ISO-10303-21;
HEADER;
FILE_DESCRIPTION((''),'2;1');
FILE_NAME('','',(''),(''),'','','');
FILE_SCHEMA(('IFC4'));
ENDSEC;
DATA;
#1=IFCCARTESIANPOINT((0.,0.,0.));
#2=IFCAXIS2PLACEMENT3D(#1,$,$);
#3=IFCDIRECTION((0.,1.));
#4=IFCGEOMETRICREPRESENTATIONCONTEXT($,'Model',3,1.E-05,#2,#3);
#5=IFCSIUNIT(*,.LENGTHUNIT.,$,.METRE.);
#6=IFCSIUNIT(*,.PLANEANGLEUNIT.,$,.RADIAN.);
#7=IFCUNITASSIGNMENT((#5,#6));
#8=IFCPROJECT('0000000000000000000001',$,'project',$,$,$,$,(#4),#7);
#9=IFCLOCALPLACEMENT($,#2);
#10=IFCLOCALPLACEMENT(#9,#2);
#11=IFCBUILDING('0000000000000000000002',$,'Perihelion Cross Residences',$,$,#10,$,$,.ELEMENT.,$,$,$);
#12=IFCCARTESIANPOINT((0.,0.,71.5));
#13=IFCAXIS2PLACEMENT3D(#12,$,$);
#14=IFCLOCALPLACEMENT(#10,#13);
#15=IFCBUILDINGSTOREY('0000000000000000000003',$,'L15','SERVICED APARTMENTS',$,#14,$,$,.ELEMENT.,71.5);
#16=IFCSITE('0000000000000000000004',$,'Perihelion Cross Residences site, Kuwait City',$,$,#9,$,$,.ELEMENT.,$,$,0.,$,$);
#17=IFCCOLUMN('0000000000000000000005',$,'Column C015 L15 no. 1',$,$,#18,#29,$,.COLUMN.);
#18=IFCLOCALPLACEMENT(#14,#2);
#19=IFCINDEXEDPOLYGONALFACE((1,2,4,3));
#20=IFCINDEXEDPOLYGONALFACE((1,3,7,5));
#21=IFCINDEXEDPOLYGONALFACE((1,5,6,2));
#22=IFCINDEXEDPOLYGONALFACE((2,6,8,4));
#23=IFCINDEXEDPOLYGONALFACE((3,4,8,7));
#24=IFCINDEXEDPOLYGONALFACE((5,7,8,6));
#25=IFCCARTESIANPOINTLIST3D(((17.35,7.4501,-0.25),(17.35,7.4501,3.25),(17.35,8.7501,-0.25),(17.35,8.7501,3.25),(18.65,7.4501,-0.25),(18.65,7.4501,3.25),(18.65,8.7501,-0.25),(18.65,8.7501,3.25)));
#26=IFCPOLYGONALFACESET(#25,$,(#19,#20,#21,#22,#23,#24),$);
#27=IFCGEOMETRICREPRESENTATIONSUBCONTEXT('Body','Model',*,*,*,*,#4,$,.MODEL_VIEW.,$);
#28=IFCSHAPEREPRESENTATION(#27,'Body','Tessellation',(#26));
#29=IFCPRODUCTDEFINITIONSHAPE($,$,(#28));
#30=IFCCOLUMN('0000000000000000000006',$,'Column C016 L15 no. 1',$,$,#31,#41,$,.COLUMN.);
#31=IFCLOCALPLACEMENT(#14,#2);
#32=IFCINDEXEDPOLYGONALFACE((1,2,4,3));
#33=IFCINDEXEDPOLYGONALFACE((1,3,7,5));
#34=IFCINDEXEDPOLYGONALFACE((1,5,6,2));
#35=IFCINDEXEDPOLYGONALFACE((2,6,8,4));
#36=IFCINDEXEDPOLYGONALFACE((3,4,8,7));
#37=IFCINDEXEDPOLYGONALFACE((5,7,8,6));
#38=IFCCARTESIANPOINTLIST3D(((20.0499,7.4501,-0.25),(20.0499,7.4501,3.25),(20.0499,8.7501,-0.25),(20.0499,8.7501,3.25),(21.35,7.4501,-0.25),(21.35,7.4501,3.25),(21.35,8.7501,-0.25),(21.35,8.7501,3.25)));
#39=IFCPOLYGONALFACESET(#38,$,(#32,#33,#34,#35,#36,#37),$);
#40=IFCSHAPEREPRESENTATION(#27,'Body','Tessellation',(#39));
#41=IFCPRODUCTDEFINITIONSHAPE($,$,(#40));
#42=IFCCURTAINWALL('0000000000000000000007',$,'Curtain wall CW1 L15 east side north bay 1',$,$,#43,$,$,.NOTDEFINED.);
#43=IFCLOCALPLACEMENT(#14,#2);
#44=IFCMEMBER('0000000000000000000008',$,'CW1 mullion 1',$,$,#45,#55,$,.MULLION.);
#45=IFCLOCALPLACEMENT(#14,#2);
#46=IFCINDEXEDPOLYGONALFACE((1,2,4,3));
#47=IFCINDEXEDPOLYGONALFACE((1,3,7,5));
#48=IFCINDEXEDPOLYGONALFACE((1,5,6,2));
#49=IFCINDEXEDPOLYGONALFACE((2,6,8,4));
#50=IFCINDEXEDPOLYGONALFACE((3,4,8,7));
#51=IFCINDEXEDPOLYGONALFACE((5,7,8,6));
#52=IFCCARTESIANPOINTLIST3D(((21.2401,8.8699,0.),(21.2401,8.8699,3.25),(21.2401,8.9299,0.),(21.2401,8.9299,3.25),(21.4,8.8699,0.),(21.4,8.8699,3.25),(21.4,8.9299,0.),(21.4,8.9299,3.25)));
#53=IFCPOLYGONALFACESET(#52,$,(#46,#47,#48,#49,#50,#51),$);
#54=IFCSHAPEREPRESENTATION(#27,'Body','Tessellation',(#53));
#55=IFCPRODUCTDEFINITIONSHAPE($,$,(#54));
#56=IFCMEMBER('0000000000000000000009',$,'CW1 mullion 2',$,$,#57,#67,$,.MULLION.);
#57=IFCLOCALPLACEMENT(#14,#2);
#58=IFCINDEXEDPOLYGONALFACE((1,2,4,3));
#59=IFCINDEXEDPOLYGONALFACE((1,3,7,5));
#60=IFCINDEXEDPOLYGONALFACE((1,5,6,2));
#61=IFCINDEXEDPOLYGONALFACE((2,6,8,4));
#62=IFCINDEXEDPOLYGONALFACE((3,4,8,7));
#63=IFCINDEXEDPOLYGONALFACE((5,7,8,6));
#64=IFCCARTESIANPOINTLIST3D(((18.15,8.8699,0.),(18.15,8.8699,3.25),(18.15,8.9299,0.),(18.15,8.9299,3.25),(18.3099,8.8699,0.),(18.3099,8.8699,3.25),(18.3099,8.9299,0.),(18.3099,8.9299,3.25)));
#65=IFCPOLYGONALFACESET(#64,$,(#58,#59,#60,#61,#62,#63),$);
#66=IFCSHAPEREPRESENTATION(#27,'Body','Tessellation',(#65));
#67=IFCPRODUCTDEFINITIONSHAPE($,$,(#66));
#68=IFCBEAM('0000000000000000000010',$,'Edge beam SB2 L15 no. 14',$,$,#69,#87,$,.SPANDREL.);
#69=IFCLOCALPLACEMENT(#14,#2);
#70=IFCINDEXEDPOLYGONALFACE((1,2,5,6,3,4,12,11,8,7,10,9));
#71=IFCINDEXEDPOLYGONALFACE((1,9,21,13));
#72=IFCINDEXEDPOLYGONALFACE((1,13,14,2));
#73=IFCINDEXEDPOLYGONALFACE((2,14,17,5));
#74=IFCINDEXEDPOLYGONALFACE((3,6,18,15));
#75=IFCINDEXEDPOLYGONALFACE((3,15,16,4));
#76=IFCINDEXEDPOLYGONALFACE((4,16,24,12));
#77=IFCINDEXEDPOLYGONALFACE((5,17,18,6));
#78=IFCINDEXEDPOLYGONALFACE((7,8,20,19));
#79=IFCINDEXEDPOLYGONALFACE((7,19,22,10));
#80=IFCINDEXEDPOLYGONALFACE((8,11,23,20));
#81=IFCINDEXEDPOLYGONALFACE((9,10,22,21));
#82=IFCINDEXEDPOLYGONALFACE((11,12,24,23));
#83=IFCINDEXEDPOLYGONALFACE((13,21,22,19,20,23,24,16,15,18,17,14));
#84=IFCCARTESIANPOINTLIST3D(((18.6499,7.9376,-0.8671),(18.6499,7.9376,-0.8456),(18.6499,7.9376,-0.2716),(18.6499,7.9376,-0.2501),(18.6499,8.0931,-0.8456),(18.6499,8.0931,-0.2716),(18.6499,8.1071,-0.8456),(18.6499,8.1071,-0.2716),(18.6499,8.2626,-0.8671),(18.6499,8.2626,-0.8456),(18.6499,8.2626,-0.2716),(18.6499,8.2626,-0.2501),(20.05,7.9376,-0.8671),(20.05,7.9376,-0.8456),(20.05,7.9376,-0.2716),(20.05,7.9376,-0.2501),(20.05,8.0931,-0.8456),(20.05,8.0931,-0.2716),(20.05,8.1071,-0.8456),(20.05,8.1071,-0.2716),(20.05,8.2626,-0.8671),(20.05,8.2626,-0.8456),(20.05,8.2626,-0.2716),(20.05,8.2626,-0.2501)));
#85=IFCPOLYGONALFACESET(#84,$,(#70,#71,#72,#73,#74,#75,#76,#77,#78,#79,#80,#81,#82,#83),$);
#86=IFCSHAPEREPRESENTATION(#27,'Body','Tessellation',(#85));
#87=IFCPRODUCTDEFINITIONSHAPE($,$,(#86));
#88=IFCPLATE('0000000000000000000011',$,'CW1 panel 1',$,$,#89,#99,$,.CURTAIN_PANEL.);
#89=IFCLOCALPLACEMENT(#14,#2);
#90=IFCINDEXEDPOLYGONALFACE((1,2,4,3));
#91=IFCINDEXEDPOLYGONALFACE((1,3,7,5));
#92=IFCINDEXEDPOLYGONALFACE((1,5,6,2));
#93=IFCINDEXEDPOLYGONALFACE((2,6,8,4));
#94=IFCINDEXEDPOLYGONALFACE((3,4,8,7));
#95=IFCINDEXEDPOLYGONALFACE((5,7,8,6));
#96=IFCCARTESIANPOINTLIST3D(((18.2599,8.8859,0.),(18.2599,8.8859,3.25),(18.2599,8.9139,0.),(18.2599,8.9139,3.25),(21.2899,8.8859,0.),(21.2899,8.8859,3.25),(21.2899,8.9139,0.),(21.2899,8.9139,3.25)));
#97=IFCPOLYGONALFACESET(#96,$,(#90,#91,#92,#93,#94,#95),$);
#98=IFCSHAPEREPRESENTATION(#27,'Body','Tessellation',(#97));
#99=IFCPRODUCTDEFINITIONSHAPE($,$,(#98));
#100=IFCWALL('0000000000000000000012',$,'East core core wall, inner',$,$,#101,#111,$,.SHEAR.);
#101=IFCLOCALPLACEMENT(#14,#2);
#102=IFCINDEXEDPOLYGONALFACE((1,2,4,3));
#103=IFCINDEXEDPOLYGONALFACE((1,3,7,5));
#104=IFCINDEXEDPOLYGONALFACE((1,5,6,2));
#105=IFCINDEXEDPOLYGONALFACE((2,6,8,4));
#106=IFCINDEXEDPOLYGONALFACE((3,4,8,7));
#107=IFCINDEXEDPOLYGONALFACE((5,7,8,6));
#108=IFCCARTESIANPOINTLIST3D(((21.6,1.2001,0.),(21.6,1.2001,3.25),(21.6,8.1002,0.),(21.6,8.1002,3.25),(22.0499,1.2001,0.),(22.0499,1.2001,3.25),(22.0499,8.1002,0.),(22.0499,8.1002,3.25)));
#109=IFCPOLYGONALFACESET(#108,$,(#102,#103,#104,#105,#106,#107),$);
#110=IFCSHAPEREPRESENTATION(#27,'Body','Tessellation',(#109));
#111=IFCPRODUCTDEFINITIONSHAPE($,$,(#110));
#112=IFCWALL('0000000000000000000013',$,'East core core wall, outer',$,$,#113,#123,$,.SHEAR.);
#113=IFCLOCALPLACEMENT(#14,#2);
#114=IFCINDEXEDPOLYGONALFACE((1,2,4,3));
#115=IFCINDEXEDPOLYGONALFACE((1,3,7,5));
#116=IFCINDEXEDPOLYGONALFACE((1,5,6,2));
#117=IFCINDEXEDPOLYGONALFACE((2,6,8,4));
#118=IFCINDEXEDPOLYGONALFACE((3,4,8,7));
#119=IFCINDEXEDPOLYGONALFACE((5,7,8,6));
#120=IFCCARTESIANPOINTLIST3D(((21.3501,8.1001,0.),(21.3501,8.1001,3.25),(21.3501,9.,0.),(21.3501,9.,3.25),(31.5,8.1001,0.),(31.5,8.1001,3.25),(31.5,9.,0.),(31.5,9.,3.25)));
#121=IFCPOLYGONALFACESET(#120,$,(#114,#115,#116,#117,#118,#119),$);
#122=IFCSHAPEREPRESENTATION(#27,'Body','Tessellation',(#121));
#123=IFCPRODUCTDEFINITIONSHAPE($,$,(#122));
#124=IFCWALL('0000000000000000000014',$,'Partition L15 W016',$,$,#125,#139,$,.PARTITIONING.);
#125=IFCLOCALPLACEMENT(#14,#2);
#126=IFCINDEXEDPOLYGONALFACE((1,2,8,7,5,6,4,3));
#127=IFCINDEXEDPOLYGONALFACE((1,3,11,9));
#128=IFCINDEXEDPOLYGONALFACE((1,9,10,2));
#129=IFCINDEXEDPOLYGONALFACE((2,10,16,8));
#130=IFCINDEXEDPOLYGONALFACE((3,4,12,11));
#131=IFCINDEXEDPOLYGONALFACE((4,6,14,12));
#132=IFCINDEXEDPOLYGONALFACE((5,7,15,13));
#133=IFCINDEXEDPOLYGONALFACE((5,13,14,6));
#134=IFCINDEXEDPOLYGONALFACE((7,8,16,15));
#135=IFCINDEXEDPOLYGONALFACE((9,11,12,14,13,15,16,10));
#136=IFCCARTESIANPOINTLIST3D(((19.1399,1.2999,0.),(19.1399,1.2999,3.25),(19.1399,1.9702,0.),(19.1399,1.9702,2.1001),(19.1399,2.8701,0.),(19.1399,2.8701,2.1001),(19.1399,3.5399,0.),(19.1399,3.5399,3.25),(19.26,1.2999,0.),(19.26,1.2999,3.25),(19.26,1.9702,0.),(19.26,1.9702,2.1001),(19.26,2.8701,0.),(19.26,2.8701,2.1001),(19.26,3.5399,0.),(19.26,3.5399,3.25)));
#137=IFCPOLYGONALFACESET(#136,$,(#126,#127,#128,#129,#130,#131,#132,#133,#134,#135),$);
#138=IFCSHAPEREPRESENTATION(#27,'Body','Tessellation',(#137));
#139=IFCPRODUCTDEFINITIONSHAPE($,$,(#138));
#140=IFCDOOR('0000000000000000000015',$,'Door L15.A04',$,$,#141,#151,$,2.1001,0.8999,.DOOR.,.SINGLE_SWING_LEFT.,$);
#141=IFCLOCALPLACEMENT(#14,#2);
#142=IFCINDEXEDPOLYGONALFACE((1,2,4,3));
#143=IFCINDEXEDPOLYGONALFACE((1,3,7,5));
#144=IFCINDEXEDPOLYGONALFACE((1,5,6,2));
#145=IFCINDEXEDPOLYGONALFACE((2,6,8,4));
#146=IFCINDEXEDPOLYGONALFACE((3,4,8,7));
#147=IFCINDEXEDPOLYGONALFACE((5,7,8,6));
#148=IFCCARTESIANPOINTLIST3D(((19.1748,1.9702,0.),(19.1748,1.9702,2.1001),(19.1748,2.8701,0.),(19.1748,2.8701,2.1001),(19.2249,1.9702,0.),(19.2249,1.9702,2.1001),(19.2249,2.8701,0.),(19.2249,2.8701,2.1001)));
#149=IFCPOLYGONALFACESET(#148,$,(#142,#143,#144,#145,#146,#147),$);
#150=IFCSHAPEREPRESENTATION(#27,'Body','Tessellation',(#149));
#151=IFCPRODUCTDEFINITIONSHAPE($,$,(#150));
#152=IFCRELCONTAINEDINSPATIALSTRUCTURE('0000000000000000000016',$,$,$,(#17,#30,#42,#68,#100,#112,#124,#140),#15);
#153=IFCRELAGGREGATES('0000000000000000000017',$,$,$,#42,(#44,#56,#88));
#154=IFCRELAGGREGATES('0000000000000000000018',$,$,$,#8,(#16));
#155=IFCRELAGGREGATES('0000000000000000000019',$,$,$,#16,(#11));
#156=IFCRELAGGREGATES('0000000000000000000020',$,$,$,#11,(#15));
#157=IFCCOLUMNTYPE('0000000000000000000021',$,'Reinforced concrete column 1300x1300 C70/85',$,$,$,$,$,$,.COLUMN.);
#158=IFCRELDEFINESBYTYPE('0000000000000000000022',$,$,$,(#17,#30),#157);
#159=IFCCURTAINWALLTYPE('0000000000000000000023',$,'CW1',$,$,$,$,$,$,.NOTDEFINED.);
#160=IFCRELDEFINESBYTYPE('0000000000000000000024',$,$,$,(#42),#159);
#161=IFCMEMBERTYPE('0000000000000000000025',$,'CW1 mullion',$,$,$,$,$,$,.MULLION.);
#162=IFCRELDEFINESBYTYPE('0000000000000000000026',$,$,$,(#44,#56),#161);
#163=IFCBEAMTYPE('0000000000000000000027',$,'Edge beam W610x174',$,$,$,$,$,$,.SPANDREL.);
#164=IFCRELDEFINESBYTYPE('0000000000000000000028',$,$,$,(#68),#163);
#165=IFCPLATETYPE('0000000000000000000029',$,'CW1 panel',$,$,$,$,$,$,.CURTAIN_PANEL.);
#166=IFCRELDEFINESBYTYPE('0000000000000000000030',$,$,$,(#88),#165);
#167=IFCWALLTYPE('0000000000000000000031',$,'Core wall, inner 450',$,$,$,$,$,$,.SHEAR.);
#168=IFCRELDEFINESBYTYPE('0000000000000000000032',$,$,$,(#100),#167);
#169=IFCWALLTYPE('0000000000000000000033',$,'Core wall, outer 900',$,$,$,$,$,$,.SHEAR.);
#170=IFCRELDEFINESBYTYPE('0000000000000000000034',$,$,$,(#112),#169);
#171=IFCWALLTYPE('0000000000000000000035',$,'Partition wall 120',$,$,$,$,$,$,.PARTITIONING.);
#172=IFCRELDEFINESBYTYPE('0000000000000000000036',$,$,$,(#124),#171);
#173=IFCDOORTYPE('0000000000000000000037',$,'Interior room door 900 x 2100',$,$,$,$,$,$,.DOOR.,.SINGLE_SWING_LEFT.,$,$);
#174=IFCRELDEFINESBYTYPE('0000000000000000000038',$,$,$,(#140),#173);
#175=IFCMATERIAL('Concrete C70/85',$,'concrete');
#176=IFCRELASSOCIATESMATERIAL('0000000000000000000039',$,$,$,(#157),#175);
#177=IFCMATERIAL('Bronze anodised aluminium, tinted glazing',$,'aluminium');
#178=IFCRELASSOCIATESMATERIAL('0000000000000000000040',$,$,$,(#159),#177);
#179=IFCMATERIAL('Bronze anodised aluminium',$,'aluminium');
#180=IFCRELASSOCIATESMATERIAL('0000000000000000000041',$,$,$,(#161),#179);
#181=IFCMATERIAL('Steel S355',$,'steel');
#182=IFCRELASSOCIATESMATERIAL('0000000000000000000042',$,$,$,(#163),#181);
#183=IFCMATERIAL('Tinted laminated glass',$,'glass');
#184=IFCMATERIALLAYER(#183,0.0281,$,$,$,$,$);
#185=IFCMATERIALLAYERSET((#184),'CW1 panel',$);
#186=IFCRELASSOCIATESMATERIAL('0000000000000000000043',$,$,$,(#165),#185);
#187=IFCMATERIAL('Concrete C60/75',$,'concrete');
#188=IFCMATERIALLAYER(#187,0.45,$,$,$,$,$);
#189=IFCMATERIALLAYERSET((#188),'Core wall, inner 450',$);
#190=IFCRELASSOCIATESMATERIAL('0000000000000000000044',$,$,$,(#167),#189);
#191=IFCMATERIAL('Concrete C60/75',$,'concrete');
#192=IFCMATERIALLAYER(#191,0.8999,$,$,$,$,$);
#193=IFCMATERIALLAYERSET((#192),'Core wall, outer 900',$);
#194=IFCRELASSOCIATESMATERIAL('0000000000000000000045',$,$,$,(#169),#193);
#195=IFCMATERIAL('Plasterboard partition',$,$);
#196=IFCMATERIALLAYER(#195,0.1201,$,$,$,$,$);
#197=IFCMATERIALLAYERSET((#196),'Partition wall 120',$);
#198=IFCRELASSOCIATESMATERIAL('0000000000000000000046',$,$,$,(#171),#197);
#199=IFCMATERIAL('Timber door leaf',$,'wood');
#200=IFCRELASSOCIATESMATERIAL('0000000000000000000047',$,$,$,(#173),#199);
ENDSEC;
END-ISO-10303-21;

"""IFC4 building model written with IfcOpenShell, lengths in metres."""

from ifc_helpers import new_model, si_unit, direction, frame, frame_2d, origin, origin_2d, place, context, subcontext, project, spatial, rectangle, i_section, extrude, material, layer, layer_set, material_profile, profile_set, type_object, element, fill, aggregate, save


model = new_model("IFC4")

# Units and contexts
model_context = context("Model", 3, precision=1e-05, world=origin(), true_north=direction((0.0, 1.0)))
body_context = subcontext(model_context, "Body", "Model", "MODEL_VIEW")
ifc_project = project(units=[si_unit("LENGTHUNIT", "METRE"), si_unit("PLANEANGLEUNIT", "RADIAN")], contexts=[model_context])

# Site, building, storey
site_placement = place(None, origin())
site = spatial("IfcSite", under=ifc_project, at=site_placement, Name="Perihelion Cross Residences site, Kuwait City", CompositionType="ELEMENT", RefElevation=0.0)
building_placement = place(site_placement, origin())
building = spatial("IfcBuilding", under=site, at=building_placement, Name="Perihelion Cross Residences", CompositionType="ELEMENT")
storey_placement = place(building_placement, frame((0.0, 0.0, 71.5)))
storey = spatial("IfcBuildingStorey", under=building, at=storey_placement, Name="L15", Description="SERVICED APARTMENTS", CompositionType="ELEMENT", Elevation=71.5)

# Columns
ifc_material_1 = material(Name="Concrete C70/85", Category="concrete")
ifc_material_profile_1 = material_profile(ifc_material_1, rectangle(XDim=1.3, YDim=1.3, at=origin_2d()), Name="RC 1300x1300")
ifc_profile_set_1 = profile_set([ifc_material_profile_1], Name="Concrete C70/85")
column_type = type_object("IfcColumnType", Name="Reinforced concrete column 1300x1300 C70/85", PredefinedType="COLUMN", material=ifc_profile_set_1)
for number, where, z_axis, x_axis, name in (
    (1, (18.0, 8.1001, -0.25), (0.0, 0.0, 1.0), (1.0, 0.0, 0.0), "Column C015 L15 no. 1"),
    (2, (20.7, 8.1001, -0.25), (0.0, 0.0, 1.0), (1.0, 0.0, 0.0), "Column C016 L15 no. 1"),
):
    element("IfcColumn", number, at=place(storey_placement, frame(where, z_axis=z_axis, x_axis=x_axis)), inside=storey, type_object=column_type, Name=name, PredefinedType="COLUMN", context=body_context, shape_type="SweptSolid", body=[
        extrude(rectangle(XDim=1.3, YDim=1.3, at=origin_2d()), origin(), (0.0, 0.0, 1.0), 3.5),
    ])

# Curtain wall, members
ifc_material_2 = material(Name="Bronze anodised aluminium, tinted glazing", Category="aluminium")
curtain_wall_type = type_object("IfcCurtainWallType", Name="CW1", PredefinedType="NOTDEFINED", material=ifc_material_2)
curtain_wall_placement = place(storey_placement, origin())
curtain_wall = element("IfcCurtainWall", 3, at=curtain_wall_placement, inside=storey, type_object=curtain_wall_type, Name="Curtain wall CW1 L15 east side north bay 1", PredefinedType="NOTDEFINED")
ifc_material_3 = material(Name="Bronze anodised aluminium", Category="aluminium")
ifc_material_profile_2 = material_profile(ifc_material_3, rectangle(XDim=0.0601, YDim=0.1599, at=origin_2d()), Name="CW1 mullion")
ifc_profile_set_2 = profile_set([ifc_material_profile_2], Name="Bronze anodised aluminium")
member_type = type_object("IfcMemberType", Name="CW1 mullion", PredefinedType="MULLION", material=ifc_profile_set_2)
member_1_placement = place(storey_placement, frame((21.3201, 8.8999, 0.0), z_axis=(0.0, 0.0, 1.0), x_axis=(0.0, -1.0, 0.0)))
member_1 = element("IfcMember", 4, at=member_1_placement, type_object=member_type, Name="CW1 mullion 1", PredefinedType="MULLION", context=body_context, shape_type="SweptSolid", body=[
    extrude(rectangle(XDim=0.0601, YDim=0.1599, at=origin_2d()), origin(), (0.0, 0.0, 1.0), 3.25),
])
member_2_placement = place(storey_placement, frame((18.23, 8.8999, 0.0), z_axis=(0.0, 0.0, 1.0), x_axis=(0.0, -1.0, 0.0)))
member_2 = element("IfcMember", 5, at=member_2_placement, type_object=member_type, Name="CW1 mullion 2", PredefinedType="MULLION", context=body_context, shape_type="SweptSolid", body=[
    extrude(rectangle(XDim=0.0601, YDim=0.1599, at=origin_2d()), origin(), (0.0, 0.0, 1.0), 3.25),
])

# Beam
ifc_material_4 = material(Name="Steel S355", Category="steel")
ifc_material_profile_3 = material_profile(ifc_material_4, i_section(OverallWidth=0.325, OverallDepth=0.6169, WebThickness=0.0139, FlangeThickness=0.0215, at=origin_2d()), Name="W610x174")
ifc_profile_set_3 = profile_set([ifc_material_profile_3], Name="Steel S355")
beam_type = type_object("IfcBeamType", Name="Edge beam W610x174", PredefinedType="SPANDREL", material=ifc_profile_set_3)
beam_placement = place(storey_placement, frame((20.05, 8.1001, -0.5586), z_axis=(-1.0, 0.0, 0.0), x_axis=(0.0, -1.0, 0.0)))
element("IfcBeam", 6, at=beam_placement, inside=storey, type_object=beam_type, Name="Edge beam SB2 L15 no. 14", PredefinedType="SPANDREL", context=body_context, shape_type="SweptSolid", body=[
    extrude(i_section(OverallWidth=0.325, OverallDepth=0.6169, WebThickness=0.0139, FlangeThickness=0.0215, at=origin_2d()), origin(), (0.0, 0.0, 1.0), 1.4001),
])

# Plate
ifc_material_5 = material(Name="Tinted laminated glass", Category="glass")
ifc_layer_1 = layer(ifc_material_5, 0.0281)
ifc_layer_set_1 = layer_set([ifc_layer_1], Name="CW1 panel")
plate_type = type_object("IfcPlateType", Name="CW1 panel", PredefinedType="CURTAIN_PANEL", material=ifc_layer_set_1)
plate_placement = place(storey_placement, frame((19.7749, 8.8999, 0.0), z_axis=(0.0, 0.0, 1.0), x_axis=(-1.0, 0.0, 0.0)))
plate = element("IfcPlate", 7, at=plate_placement, type_object=plate_type, Name="CW1 panel 1", PredefinedType="CURTAIN_PANEL", context=body_context, shape_type="SweptSolid", body=[
    extrude(rectangle(XDim=3.03, YDim=0.0281, at=origin_2d()), origin(), (0.0, 0.0, 1.0), 3.25),
])
aggregate(curtain_wall, [member_1, member_2, plate])

# Walls
ifc_material_6 = material(Name="Concrete C60/75", Category="concrete")
ifc_layer_2 = layer(ifc_material_6, 0.45)
ifc_layer_set_2 = layer_set([ifc_layer_2], Name="Core wall, inner 450")
wall_type_1 = type_object("IfcWallType", Name="Core wall, inner 450", PredefinedType="SHEAR", material=ifc_layer_set_2)
wall_1_placement = place(storey_placement, frame((21.825, 1.2, 0.0), z_axis=(0.0, 0.0, 1.0), x_axis=(0.0, 1.0, 0.0)))
element("IfcWall", 8, at=wall_1_placement, inside=storey, type_object=wall_type_1, Name="East core core wall, inner", PredefinedType="SHEAR", context=body_context, shape_type="SweptSolid", body=[
    extrude(rectangle(XDim=6.9001, YDim=0.45, at=frame_2d((3.4502, 0.0))), origin(), (0.0, 0.0, 1.0), 3.25),
])
ifc_material_7 = material(Name="Concrete C60/75", Category="concrete")
ifc_layer_3 = layer(ifc_material_7, 0.8999)
ifc_layer_set_3 = layer_set([ifc_layer_3], Name="Core wall, outer 900")
wall_type_2 = type_object("IfcWallType", Name="Core wall, outer 900", PredefinedType="SHEAR", material=ifc_layer_set_3)
wall_2_placement = place(storey_placement, frame((21.3501, 8.55, 0.0), z_axis=(0.0, 0.0, 1.0), x_axis=(1.0, 0.0, 0.0)))
element("IfcWall", 9, at=wall_2_placement, inside=storey, type_object=wall_type_2, Name="East core core wall, outer", PredefinedType="SHEAR", context=body_context, shape_type="SweptSolid", body=[
    extrude(rectangle(XDim=10.1499, YDim=0.8999, at=frame_2d((5.075, 0.0))), origin(), (0.0, 0.0, 1.0), 3.25),
])

# Wall, opening, door
ifc_material_8 = material(Name="Plasterboard partition")
ifc_layer_4 = layer(ifc_material_8, 0.1201)
ifc_layer_set_4 = layer_set([ifc_layer_4], Name="Partition wall 120")
wall_type_3 = type_object("IfcWallType", Name="Partition wall 120", PredefinedType="PARTITIONING", material=ifc_layer_set_4)
wall_3_placement = place(storey_placement, frame((19.2, 3.54, 0.0), z_axis=(0.0, 0.0, 1.0), x_axis=(0.0, -1.0, 0.0)))
wall_3 = element("IfcWall", 10, at=wall_3_placement, inside=storey, type_object=wall_type_3, Name="Partition L15 W016", PredefinedType="PARTITIONING", context=body_context, shape_type="SweptSolid", body=[
    extrude(rectangle(XDim=2.24, YDim=0.1201, at=frame_2d((1.1201, 0.0))), origin(), (0.0, 0.0, 1.0), 3.25),
])
opening_1_placement = place(wall_3_placement, frame((0.6699, 0.0, 0.0)))
opening_1 = element("IfcOpeningElement", 11, at=opening_1_placement, cuts=wall_3, PredefinedType="OPENING", context=body_context, shape_type="SweptSolid", body=[
    extrude(rectangle(XDim=0.8999, YDim=2.1001, at=frame_2d((0.45, 1.05))), frame((0.0, 0.0701, 0.0), z_axis=(0.0, -1.0, 0.0), x_axis=(1.0, 0.0, 0.0)), (0.0, 0.0, 1.0), 0.1401),
])
ifc_material_9 = material(Name="Timber door leaf", Category="wood")
door_type_1 = type_object("IfcDoorType", Name="Interior room door 900 x 2100", OperationType="SINGLE_SWING_LEFT", PredefinedType="DOOR", material=ifc_material_9)
door_1_placement = place(opening_1_placement, origin())
door_1 = element("IfcDoor", 12, at=door_1_placement, inside=storey, type_object=door_type_1, Name="Door L15.A04", OperationType="SINGLE_SWING_LEFT", OverallHeight=2.1001, OverallWidth=0.8999, PredefinedType="DOOR", context=body_context, shape_type="SweptSolid", body=[
    extrude(rectangle(XDim=0.8999, YDim=2.1001, at=frame_2d((0.45, 1.05))), frame((0.0, 0.0249, 0.0), z_axis=(0.0, -1.0, 0.0), x_axis=(1.0, 0.0, 0.0)), (0.0, 0.0, 1.0), 0.05),
])
fill(opening_1, door_1)

save(model, "model.ifc")
